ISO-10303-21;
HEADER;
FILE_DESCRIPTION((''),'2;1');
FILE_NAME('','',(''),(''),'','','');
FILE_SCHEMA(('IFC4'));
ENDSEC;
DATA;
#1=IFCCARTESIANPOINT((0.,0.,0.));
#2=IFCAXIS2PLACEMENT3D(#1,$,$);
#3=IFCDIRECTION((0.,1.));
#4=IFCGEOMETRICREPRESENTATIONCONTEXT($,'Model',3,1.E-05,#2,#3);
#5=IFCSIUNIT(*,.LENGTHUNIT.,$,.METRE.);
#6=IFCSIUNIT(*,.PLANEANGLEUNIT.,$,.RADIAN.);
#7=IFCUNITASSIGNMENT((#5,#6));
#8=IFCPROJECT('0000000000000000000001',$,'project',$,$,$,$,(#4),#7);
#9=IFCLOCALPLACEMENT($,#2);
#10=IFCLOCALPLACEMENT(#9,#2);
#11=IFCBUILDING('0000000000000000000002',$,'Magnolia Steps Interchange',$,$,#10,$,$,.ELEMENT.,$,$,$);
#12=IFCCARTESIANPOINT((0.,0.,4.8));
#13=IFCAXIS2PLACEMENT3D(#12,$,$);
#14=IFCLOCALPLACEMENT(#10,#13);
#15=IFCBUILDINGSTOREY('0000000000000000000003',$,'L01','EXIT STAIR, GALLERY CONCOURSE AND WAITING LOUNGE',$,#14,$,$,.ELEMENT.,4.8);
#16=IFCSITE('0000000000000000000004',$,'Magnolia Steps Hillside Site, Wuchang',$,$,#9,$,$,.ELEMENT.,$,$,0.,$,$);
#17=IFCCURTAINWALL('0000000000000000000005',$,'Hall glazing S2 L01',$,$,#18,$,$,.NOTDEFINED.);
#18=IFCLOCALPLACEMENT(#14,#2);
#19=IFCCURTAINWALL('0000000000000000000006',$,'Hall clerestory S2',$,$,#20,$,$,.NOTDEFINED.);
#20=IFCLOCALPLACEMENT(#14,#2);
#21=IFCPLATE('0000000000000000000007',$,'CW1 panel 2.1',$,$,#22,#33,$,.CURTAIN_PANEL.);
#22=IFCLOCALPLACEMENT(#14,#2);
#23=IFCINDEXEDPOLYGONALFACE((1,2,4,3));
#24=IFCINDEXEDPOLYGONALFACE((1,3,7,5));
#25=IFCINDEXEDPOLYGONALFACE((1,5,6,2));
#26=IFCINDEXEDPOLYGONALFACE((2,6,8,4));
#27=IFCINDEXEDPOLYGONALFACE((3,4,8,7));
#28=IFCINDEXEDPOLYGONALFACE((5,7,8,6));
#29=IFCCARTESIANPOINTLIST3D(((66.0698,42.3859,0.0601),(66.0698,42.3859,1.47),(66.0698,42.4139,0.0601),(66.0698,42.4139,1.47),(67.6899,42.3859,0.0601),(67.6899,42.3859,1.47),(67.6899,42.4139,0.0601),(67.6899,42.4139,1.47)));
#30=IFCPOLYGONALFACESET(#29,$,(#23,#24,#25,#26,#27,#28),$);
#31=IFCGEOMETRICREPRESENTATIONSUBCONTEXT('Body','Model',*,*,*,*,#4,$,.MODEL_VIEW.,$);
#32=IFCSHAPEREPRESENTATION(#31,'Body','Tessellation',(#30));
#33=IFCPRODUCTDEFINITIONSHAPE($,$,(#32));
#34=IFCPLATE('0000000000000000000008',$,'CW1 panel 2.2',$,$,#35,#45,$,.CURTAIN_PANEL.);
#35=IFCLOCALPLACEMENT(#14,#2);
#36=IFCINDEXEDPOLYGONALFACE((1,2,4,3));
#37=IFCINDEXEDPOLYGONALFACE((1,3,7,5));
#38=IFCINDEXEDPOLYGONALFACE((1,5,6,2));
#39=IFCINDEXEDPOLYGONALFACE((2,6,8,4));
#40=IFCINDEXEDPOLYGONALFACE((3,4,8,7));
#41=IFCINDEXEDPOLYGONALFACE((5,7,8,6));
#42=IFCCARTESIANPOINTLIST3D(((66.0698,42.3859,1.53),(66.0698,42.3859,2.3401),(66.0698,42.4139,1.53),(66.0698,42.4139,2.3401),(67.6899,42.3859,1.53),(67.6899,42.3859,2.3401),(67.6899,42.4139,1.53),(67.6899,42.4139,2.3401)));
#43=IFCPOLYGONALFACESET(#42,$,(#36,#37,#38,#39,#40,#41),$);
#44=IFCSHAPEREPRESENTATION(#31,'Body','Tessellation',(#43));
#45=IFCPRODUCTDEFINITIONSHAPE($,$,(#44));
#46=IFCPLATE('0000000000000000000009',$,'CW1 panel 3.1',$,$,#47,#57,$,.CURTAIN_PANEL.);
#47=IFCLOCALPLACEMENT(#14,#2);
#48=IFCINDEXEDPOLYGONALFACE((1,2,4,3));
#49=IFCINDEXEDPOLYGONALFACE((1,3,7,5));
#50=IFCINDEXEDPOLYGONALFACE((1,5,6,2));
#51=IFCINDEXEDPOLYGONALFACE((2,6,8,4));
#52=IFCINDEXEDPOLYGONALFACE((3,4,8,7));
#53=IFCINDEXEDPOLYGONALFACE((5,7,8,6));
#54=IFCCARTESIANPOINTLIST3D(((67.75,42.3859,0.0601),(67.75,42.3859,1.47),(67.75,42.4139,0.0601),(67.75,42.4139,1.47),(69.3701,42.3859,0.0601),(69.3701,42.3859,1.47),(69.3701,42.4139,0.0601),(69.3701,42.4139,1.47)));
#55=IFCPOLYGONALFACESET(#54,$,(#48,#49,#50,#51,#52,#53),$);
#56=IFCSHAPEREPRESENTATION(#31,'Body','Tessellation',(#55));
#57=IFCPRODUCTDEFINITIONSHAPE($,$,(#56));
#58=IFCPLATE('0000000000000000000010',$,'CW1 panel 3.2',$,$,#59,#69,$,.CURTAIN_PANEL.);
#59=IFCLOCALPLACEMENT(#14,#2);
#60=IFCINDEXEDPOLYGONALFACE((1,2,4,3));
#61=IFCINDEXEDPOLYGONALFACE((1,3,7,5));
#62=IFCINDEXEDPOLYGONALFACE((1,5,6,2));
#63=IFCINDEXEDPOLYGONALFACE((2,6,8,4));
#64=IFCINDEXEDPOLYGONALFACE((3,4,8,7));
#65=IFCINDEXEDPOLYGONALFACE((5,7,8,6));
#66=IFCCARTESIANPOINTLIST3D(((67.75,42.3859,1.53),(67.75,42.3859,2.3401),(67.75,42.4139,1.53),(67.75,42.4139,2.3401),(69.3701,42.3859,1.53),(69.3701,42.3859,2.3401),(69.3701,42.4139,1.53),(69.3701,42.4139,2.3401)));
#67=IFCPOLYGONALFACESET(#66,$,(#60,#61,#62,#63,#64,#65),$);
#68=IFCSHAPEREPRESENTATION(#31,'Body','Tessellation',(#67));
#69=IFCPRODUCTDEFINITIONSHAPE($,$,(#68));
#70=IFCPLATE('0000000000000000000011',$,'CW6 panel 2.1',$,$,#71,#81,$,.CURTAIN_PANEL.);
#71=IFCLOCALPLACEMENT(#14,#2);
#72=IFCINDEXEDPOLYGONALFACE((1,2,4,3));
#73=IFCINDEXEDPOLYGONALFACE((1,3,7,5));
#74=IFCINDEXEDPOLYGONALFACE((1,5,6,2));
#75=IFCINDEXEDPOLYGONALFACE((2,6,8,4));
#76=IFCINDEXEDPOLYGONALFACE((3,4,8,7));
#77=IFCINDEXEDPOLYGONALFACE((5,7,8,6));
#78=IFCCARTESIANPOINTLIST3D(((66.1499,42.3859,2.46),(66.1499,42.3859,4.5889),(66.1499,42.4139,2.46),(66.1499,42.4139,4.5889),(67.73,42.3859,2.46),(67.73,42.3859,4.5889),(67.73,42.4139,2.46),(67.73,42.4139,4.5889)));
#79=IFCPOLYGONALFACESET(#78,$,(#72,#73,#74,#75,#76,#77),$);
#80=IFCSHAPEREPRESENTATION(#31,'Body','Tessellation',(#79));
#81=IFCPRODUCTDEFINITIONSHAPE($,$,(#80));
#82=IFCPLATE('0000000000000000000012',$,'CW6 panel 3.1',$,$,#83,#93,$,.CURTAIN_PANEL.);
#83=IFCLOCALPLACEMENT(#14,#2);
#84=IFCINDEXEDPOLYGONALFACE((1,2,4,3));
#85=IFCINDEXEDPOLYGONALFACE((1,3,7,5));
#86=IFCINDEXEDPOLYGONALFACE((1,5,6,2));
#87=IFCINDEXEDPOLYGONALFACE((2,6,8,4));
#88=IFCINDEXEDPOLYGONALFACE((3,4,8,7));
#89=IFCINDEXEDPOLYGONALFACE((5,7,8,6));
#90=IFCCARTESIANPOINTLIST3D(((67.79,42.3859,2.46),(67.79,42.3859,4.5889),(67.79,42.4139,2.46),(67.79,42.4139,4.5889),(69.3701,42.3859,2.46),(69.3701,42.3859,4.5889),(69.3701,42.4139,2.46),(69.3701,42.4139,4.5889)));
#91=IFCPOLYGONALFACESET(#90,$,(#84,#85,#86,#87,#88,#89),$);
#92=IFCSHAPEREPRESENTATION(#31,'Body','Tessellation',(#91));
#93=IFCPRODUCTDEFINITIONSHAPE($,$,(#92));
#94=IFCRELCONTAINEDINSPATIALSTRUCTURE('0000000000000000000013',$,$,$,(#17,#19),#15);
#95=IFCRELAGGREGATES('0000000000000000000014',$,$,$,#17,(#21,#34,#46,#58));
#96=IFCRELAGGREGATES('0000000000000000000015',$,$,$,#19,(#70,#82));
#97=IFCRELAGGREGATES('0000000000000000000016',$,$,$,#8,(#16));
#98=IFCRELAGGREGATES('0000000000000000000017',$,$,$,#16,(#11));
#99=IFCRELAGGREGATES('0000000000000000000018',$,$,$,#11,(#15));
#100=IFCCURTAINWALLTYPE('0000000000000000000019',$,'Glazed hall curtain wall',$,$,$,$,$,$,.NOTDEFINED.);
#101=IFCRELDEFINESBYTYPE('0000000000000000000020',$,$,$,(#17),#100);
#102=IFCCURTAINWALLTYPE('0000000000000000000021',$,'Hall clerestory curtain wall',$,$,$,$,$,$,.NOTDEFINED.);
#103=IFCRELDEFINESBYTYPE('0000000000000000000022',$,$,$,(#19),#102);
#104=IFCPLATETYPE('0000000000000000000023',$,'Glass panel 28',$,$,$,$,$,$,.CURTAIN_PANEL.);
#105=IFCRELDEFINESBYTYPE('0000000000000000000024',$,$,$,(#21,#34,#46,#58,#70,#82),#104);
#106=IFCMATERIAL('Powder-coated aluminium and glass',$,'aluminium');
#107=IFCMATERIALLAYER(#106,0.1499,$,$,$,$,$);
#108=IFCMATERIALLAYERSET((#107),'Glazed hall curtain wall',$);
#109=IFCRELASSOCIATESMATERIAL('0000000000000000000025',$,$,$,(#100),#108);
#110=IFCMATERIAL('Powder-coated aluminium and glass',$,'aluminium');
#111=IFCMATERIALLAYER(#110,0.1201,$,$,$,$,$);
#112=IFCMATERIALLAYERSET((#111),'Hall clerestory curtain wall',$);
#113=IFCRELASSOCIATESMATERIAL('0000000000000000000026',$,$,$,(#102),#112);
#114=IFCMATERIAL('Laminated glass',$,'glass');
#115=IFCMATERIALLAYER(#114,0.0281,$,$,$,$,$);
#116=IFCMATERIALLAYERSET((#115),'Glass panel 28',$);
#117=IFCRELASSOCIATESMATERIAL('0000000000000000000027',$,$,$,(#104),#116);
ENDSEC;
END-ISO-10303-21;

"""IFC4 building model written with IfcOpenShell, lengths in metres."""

from ifc_helpers import new_model, si_unit, direction, frame, origin, origin_2d, place, context, subcontext, project, spatial, rectangle, extrude, material, layer, layer_set, type_object, element, aggregate, save


model = new_model("IFC4")

# Units and contexts
model_context = context("Model", 3, precision=1e-05, world=origin(), true_north=direction((0.0, 1.0)))
body_context = subcontext(model_context, "Body", "Model", "MODEL_VIEW")
ifc_project = project(units=[si_unit("LENGTHUNIT", "METRE"), si_unit("PLANEANGLEUNIT", "RADIAN")], contexts=[model_context])

# Site, building, storey
site_placement = place(None, origin())
site = spatial("IfcSite", under=ifc_project, at=site_placement, Name="Magnolia Steps Hillside Site, Wuchang", CompositionType="ELEMENT", RefElevation=0.0)
building_placement = place(site_placement, origin())
building = spatial("IfcBuilding", under=site, at=building_placement, Name="Magnolia Steps Interchange", CompositionType="ELEMENT")
storey_placement = place(building_placement, frame((0.0, 0.0, 4.8)))
storey = spatial("IfcBuildingStorey", under=building, at=storey_placement, Name="L01", Description="EXIT STAIR, GALLERY CONCOURSE AND WAITING LOUNGE", CompositionType="ELEMENT", Elevation=4.8)

# Curtain walls
ifc_material_1 = material(Name="Powder-coated aluminium and glass", Category="aluminium")
ifc_layer_1 = layer(ifc_material_1, 0.1499)
ifc_layer_set_1 = layer_set([ifc_layer_1], Name="Glazed hall curtain wall")
curtain_wall_type_1 = type_object("IfcCurtainWallType", Name="Glazed hall curtain wall", PredefinedType="NOTDEFINED", material=ifc_layer_set_1)
curtain_wall_1_placement = place(storey_placement, origin())
curtain_wall_1 = element("IfcCurtainWall", 1, at=curtain_wall_1_placement, inside=storey, type_object=curtain_wall_type_1, Name="Hall glazing S2 L01", PredefinedType="NOTDEFINED")
ifc_material_2 = material(Name="Powder-coated aluminium and glass", Category="aluminium")
ifc_layer_2 = layer(ifc_material_2, 0.1201)
ifc_layer_set_2 = layer_set([ifc_layer_2], Name="Hall clerestory curtain wall")
curtain_wall_type_2 = type_object("IfcCurtainWallType", Name="Hall clerestory curtain wall", PredefinedType="NOTDEFINED", material=ifc_layer_set_2)
curtain_wall_2_placement = place(storey_placement, origin())
curtain_wall_2 = element("IfcCurtainWall", 2, at=curtain_wall_2_placement, inside=storey, type_object=curtain_wall_type_2, Name="Hall clerestory S2", PredefinedType="NOTDEFINED")

# Plates
ifc_material_3 = material(Name="Laminated glass", Category="glass")
ifc_layer_3 = layer(ifc_material_3, 0.0281)
ifc_layer_set_3 = layer_set([ifc_layer_3], Name="Glass panel 28")
plate_type = type_object("IfcPlateType", Name="Glass panel 28", PredefinedType="CURTAIN_PANEL", material=ifc_layer_set_3)
plate_1_placement = place(storey_placement, frame((66.8799, 42.3999, 0.0601), z_axis=(0.0, 0.0, 1.0), x_axis=(1.0, 0.0, 0.0)))
plate_1 = element("IfcPlate", 3, at=plate_1_placement, type_object=plate_type, Name="CW1 panel 2.1", PredefinedType="CURTAIN_PANEL", context=body_context, shape_type="SweptSolid", body=[
    extrude(rectangle(XDim=1.6201, YDim=0.0281, at=origin_2d()), origin(), (0.0, 0.0, 1.0), 1.4099),
])
plate_2_placement = place(storey_placement, frame((66.8799, 42.3999, 1.53), z_axis=(0.0, 0.0, 1.0), x_axis=(1.0, 0.0, 0.0)))
plate_2 = element("IfcPlate", 4, at=plate_2_placement, type_object=plate_type, Name="CW1 panel 2.2", PredefinedType="CURTAIN_PANEL", context=body_context, shape_type="SweptSolid", body=[
    extrude(rectangle(XDim=1.6201, YDim=0.0281, at=origin_2d()), origin(), (0.0, 0.0, 1.0), 0.8101),
])
plate_3_placement = place(storey_placement, frame((68.5601, 42.3999, 0.0601), z_axis=(0.0, 0.0, 1.0), x_axis=(1.0, 0.0, 0.0)))
plate_3 = element("IfcPlate", 5, at=plate_3_placement, type_object=plate_type, Name="CW1 panel 3.1", PredefinedType="CURTAIN_PANEL", context=body_context, shape_type="SweptSolid", body=[
    extrude(rectangle(XDim=1.6201, YDim=0.0281, at=origin_2d()), origin(), (0.0, 0.0, 1.0), 1.4099),
])
plate_4_placement = place(storey_placement, frame((68.5601, 42.3999, 1.53), z_axis=(0.0, 0.0, 1.0), x_axis=(1.0, 0.0, 0.0)))
plate_4 = element("IfcPlate", 6, at=plate_4_placement, type_object=plate_type, Name="CW1 panel 3.2", PredefinedType="CURTAIN_PANEL", context=body_context, shape_type="SweptSolid", body=[
    extrude(rectangle(XDim=1.6201, YDim=0.0281, at=origin_2d()), origin(), (0.0, 0.0, 1.0), 0.8101),
])
aggregate(curtain_wall_1, [plate_1, plate_2, plate_3, plate_4])
plate_5_placement = place(storey_placement, frame((66.9399, 42.3999, 2.46), z_axis=(0.0, 0.0, 1.0), x_axis=(1.0, 0.0, 0.0)))
plate_5 = element("IfcPlate", 7, at=plate_5_placement, type_object=plate_type, Name="CW6 panel 2.1", PredefinedType="CURTAIN_PANEL", context=body_context, shape_type="SweptSolid", body=[
    extrude(rectangle(XDim=1.5801, YDim=0.0281, at=origin_2d()), origin(), (0.0, 0.0, 1.0), 2.1289),
])
plate_6_placement = place(storey_placement, frame((68.5801, 42.3999, 2.46), z_axis=(0.0, 0.0, 1.0), x_axis=(1.0, 0.0, 0.0)))
plate_6 = element("IfcPlate", 8, at=plate_6_placement, type_object=plate_type, Name="CW6 panel 3.1", PredefinedType="CURTAIN_PANEL", context=body_context, shape_type="SweptSolid", body=[
    extrude(rectangle(XDim=1.5801, YDim=0.0281, at=origin_2d()), origin(), (0.0, 0.0, 1.0), 2.1289),
])
aggregate(curtain_wall_2, [plate_5, plate_6])

save(model, "model.ifc")
